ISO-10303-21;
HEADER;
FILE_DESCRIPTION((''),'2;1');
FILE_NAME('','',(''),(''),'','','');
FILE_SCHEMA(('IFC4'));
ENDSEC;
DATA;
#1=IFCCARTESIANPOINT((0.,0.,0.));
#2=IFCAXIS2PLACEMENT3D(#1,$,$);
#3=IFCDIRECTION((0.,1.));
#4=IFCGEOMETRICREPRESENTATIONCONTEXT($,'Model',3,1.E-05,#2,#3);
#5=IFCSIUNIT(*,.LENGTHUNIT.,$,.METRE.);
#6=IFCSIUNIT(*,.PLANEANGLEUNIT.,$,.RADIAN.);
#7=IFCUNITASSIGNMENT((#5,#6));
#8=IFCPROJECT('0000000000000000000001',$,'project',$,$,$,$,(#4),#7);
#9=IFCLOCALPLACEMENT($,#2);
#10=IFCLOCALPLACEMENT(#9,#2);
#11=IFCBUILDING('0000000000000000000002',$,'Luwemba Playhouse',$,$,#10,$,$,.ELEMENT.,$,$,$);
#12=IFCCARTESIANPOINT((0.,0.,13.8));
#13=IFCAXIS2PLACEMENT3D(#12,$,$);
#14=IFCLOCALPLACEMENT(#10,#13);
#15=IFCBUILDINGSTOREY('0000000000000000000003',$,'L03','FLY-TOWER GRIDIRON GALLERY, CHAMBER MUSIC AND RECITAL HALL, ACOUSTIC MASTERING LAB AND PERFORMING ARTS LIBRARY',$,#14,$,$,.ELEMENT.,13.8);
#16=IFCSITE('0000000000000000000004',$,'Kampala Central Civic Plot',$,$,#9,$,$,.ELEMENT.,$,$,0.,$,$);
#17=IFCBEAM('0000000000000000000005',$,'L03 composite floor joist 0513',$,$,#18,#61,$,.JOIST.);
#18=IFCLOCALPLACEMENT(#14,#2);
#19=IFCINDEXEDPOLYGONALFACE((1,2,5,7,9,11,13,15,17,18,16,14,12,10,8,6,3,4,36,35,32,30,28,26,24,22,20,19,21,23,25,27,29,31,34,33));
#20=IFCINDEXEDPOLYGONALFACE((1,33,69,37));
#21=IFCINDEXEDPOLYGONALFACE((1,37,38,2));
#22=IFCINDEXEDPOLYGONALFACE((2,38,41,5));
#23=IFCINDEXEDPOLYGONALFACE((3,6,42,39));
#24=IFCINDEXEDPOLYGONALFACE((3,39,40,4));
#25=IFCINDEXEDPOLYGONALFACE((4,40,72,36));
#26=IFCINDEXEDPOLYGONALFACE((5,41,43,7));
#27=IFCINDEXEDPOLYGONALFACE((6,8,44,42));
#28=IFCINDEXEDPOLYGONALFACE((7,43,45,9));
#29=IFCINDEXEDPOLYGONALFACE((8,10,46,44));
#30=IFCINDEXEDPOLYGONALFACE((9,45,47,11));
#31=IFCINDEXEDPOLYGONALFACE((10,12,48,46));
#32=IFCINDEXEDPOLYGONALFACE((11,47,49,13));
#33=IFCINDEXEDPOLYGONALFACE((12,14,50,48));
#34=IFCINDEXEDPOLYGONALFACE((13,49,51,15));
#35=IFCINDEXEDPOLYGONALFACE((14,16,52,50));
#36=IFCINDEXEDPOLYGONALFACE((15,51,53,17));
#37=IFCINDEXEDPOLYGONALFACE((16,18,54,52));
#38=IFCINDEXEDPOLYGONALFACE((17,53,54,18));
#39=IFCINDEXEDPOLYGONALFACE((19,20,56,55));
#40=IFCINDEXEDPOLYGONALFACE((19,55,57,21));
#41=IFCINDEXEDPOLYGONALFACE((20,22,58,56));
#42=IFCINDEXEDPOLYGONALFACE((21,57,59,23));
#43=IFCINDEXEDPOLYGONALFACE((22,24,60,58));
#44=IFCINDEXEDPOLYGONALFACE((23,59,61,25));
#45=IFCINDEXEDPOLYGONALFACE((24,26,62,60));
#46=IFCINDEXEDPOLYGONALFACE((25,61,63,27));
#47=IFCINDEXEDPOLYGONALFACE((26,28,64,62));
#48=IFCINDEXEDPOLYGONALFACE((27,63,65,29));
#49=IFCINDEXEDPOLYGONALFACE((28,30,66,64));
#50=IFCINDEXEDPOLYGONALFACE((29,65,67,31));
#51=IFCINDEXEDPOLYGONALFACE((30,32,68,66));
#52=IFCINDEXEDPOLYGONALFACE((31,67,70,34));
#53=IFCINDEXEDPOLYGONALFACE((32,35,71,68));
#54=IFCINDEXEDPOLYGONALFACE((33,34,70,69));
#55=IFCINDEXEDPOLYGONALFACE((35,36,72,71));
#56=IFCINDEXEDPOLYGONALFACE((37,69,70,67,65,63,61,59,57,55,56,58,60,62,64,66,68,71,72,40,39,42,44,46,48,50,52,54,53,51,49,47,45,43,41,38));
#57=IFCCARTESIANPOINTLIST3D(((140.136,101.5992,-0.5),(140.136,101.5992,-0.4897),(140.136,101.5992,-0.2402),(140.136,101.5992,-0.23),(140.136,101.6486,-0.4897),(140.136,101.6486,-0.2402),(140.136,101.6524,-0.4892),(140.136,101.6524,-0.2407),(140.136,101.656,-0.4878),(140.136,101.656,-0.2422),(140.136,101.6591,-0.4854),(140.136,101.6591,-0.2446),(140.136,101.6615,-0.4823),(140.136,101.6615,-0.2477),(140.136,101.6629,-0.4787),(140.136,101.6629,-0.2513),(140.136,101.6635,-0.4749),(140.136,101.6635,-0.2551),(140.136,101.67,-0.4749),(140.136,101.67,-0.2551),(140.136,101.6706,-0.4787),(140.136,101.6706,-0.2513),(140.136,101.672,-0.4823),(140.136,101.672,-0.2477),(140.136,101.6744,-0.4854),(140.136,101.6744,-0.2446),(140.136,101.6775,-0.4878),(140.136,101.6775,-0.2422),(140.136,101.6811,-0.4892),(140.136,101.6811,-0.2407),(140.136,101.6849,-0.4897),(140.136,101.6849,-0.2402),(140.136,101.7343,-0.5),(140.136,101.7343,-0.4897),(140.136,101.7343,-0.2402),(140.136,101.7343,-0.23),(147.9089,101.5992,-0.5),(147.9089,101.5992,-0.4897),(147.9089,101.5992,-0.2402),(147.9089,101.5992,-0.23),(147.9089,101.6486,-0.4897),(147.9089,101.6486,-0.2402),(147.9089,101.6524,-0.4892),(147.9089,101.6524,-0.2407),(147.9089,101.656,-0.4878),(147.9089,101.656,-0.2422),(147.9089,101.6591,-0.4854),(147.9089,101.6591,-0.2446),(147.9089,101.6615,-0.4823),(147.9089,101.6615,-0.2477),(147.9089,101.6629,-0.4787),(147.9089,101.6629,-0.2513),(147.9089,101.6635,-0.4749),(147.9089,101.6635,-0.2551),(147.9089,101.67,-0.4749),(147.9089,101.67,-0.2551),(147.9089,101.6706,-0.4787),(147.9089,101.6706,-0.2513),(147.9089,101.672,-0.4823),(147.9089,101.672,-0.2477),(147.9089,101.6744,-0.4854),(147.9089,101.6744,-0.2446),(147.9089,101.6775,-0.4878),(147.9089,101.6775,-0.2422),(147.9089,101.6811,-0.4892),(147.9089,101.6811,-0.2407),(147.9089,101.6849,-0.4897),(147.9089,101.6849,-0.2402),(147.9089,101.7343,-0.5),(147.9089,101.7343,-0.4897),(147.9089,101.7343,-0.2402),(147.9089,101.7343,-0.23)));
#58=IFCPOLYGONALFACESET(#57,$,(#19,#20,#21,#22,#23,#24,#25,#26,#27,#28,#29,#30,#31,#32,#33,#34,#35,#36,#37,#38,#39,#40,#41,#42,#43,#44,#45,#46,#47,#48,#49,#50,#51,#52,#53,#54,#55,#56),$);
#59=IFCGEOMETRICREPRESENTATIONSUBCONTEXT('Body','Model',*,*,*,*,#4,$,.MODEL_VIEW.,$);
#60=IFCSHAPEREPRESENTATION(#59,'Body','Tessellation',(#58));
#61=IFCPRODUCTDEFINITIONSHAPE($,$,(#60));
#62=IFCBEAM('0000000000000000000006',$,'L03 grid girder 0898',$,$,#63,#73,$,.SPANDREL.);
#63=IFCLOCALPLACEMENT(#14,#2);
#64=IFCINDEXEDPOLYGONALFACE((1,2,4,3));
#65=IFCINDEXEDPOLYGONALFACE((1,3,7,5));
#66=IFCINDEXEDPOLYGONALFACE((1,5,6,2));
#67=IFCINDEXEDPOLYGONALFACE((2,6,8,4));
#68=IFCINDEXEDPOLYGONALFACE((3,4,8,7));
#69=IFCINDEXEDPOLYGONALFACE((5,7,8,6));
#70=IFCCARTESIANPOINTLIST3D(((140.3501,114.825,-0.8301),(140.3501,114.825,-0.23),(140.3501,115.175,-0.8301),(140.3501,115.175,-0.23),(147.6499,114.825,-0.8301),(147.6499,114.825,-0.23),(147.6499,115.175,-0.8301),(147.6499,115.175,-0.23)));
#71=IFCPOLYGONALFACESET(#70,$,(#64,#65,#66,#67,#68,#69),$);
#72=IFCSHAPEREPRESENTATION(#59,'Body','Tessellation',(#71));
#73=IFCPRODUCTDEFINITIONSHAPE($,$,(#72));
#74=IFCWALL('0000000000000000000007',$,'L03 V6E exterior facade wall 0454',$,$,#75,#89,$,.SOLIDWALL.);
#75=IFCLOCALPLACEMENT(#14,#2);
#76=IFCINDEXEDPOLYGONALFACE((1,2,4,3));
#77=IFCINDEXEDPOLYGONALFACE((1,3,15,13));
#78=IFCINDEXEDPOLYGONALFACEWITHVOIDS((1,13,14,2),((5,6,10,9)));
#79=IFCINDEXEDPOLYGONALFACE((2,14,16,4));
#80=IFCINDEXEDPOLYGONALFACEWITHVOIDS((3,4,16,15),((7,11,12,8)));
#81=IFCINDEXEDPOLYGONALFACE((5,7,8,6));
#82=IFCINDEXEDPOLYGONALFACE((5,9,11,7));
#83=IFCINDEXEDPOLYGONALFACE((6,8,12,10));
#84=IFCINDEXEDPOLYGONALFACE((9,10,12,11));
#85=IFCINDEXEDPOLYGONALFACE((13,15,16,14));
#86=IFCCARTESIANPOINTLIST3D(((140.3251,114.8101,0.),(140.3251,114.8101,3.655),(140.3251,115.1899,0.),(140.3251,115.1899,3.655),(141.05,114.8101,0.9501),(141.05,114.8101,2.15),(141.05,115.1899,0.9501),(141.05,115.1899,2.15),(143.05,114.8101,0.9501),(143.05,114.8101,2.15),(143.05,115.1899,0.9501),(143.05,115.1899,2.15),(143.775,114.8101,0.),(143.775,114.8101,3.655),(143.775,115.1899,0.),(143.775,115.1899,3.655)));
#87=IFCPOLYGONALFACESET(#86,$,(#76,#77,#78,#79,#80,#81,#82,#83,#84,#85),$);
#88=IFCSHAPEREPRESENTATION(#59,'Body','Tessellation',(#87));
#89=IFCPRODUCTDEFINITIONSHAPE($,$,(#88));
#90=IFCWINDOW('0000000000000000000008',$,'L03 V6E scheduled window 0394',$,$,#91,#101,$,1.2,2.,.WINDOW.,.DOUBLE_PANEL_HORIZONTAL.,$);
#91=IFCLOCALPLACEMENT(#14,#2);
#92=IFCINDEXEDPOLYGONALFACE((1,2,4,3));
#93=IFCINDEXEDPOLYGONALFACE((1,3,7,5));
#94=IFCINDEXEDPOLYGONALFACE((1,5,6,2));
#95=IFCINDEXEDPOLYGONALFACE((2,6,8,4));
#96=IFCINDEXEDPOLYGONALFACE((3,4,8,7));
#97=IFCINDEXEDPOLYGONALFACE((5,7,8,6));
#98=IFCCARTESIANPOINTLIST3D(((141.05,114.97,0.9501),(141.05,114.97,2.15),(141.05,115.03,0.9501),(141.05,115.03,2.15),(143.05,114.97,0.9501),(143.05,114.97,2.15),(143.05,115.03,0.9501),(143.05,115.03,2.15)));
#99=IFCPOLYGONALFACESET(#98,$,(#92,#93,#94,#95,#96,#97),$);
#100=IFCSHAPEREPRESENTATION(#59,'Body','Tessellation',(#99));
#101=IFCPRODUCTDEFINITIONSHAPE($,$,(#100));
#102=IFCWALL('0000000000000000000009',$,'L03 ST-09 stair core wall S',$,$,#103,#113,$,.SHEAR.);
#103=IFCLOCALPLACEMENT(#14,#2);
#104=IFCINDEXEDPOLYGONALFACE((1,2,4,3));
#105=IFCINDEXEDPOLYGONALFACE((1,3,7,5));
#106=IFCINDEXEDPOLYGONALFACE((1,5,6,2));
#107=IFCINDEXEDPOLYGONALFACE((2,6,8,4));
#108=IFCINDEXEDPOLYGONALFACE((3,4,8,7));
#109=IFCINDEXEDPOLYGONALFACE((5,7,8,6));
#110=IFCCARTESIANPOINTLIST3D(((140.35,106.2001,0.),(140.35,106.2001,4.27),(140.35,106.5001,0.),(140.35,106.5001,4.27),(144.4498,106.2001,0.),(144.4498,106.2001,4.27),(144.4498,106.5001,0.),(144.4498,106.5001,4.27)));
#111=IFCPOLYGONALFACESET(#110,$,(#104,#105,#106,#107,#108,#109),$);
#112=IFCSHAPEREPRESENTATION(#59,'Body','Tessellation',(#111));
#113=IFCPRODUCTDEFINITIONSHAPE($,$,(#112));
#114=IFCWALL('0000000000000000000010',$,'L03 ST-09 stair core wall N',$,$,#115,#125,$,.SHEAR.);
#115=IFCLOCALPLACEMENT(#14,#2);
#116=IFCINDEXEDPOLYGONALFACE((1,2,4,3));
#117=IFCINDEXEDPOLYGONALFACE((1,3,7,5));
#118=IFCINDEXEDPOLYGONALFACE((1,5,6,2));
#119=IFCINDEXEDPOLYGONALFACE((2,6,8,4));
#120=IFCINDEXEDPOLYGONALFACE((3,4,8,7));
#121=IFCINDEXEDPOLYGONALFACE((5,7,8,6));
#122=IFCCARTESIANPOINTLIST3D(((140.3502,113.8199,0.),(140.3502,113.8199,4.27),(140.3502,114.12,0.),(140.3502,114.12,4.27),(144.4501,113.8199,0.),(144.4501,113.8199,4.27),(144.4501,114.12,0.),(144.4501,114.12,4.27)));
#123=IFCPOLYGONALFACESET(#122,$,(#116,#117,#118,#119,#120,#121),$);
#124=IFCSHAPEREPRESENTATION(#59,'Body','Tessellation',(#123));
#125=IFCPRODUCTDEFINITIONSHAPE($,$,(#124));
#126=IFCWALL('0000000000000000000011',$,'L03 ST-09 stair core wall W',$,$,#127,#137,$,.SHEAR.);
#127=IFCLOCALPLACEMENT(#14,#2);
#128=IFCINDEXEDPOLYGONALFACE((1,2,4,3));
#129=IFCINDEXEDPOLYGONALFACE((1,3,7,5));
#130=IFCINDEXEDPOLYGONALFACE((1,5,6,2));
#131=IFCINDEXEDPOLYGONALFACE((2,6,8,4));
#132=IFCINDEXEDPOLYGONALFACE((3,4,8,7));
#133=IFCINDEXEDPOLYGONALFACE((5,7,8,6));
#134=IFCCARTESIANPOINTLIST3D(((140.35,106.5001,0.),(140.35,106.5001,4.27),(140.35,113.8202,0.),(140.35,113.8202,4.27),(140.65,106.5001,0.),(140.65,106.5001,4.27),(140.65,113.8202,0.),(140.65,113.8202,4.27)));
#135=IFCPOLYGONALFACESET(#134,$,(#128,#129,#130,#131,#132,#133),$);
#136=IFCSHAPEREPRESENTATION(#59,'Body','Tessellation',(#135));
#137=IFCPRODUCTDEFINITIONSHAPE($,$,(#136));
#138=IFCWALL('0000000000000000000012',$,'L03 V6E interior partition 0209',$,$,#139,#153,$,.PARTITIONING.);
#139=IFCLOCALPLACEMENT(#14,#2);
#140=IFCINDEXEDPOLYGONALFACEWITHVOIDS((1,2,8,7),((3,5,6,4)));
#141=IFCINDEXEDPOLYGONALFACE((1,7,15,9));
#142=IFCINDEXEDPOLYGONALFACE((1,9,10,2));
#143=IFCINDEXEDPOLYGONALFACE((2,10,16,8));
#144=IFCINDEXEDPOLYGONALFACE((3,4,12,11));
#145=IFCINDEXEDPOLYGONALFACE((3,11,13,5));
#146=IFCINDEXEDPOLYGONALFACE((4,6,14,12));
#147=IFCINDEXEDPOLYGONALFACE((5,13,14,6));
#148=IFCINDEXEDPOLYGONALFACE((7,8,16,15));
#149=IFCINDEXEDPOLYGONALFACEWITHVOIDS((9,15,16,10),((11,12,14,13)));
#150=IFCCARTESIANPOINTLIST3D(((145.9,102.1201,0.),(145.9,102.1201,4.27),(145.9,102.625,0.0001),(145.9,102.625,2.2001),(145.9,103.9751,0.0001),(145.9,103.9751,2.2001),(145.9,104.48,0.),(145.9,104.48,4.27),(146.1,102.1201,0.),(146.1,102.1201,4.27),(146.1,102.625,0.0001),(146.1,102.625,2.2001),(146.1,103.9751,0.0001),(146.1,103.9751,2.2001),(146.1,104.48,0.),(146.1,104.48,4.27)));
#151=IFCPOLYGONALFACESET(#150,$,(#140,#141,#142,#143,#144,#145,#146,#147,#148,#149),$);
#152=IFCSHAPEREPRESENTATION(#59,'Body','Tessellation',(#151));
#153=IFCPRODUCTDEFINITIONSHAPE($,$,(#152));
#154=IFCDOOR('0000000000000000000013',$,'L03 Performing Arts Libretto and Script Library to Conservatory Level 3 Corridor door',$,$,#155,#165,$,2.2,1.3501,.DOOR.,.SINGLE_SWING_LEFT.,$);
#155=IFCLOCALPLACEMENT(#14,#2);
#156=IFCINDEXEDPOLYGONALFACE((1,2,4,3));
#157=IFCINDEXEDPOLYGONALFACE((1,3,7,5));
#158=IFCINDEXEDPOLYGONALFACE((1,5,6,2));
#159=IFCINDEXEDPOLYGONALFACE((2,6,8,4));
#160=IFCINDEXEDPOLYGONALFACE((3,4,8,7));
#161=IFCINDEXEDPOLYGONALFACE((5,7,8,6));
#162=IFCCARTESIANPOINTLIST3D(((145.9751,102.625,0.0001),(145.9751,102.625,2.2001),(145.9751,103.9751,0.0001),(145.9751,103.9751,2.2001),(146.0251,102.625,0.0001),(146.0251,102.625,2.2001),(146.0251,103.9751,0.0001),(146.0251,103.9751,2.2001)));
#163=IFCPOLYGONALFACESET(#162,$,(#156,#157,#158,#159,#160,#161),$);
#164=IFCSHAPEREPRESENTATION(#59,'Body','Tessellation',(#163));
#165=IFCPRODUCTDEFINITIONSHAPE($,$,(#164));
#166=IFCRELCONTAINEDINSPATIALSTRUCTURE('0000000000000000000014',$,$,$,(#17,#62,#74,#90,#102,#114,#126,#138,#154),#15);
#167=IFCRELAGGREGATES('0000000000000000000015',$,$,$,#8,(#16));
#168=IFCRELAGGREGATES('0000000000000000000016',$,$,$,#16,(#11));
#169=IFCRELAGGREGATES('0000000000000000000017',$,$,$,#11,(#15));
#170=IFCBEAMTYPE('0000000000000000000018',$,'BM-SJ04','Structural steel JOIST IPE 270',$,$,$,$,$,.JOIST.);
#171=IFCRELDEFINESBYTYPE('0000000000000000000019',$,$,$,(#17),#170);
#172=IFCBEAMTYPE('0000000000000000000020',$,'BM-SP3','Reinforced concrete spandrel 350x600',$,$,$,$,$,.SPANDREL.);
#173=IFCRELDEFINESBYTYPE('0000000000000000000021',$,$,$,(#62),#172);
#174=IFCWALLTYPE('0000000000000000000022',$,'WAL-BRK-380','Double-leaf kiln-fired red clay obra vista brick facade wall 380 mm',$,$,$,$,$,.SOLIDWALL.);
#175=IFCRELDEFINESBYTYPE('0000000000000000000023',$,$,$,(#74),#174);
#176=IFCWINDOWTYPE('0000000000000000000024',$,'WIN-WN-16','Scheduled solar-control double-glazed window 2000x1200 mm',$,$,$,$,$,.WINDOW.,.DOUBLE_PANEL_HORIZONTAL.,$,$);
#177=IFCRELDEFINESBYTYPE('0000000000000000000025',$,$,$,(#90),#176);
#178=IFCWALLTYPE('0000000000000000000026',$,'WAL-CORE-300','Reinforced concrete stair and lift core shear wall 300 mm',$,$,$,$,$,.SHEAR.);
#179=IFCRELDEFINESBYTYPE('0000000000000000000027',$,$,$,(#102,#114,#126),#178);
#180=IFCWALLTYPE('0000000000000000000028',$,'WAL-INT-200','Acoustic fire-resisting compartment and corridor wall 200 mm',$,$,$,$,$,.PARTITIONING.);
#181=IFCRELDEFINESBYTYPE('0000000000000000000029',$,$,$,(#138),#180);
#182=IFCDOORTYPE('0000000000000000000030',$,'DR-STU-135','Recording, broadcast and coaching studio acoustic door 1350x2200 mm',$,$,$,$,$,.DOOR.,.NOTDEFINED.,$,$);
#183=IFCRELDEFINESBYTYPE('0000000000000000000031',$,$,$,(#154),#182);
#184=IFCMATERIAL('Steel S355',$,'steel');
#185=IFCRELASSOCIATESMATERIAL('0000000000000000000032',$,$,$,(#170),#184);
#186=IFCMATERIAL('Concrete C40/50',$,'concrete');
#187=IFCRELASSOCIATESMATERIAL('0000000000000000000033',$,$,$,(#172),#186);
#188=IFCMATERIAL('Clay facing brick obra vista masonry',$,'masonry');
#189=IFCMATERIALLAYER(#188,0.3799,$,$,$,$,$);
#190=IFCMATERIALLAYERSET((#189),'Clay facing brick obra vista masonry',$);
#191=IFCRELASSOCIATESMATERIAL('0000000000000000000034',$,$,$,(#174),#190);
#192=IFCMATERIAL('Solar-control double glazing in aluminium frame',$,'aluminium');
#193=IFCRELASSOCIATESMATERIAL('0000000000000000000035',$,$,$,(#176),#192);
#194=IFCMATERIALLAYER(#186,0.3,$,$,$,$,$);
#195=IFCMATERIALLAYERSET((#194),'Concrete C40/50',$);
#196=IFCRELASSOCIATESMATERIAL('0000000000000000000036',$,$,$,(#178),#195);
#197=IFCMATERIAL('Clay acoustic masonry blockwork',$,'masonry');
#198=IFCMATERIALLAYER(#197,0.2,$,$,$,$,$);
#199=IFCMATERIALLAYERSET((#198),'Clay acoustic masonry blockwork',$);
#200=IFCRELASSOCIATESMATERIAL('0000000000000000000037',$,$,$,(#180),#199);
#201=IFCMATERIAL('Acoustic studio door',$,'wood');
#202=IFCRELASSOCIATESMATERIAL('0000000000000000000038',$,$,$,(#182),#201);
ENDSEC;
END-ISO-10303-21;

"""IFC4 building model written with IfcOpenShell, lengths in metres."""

from ifc_helpers import new_model, si_unit, direction, frame, frame_2d, origin, origin_2d, place, context, subcontext, project, spatial, rectangle, i_section, extrude, material, layer, layer_set, material_profile, profile_set, type_object, element, fill, save


model = new_model("IFC4")

# Units and contexts
model_context = context("Model", 3, precision=1e-05, world=origin(), true_north=direction((0.0, 1.0)))
body_context = subcontext(model_context, "Body", "Model", "MODEL_VIEW")
ifc_project = project(units=[si_unit("LENGTHUNIT", "METRE"), si_unit("PLANEANGLEUNIT", "RADIAN")], contexts=[model_context])

# Site, building, storey
site_placement = place(None, origin())
site = spatial("IfcSite", under=ifc_project, at=site_placement, Name="Kampala Central Civic Plot", CompositionType="ELEMENT", RefElevation=0.0)
building_placement = place(site_placement, origin())
building = spatial("IfcBuilding", under=site, at=building_placement, Name="Luwemba Playhouse", CompositionType="ELEMENT")
storey_placement = place(building_placement, frame((0.0, 0.0, 13.8)))
storey = spatial("IfcBuildingStorey", under=building, at=storey_placement, Name="L03", Description="FLY-TOWER GRIDIRON GALLERY, CHAMBER MUSIC AND RECITAL HALL, ACOUSTIC MASTERING LAB AND PERFORMING ARTS LIBRARY", CompositionType="ELEMENT", Elevation=13.8)

# Shared definitions
ifc_material_1 = material(Name="Concrete C40/50", Category="concrete")

# Beams
ifc_material_2 = material(Name="Steel S355", Category="steel")
ifc_material_profile_1 = material_profile(ifc_material_2, i_section(OverallWidth=0.135, OverallDepth=0.27, WebThickness=0.0066, FlangeThickness=0.0103, FilletRadius=0.0149, at=origin_2d()))
ifc_profile_set_1 = profile_set([ifc_material_profile_1], Name="Steel S355")
beam_type_1 = type_object("IfcBeamType", Name="BM-SJ04", Description="Structural steel JOIST IPE 270", PredefinedType="JOIST", material=ifc_profile_set_1)
beam_1_placement = place(storey_placement, frame((140.136, 101.6667, -0.365), z_axis=(1.0, 0.0, 0.0), x_axis=(0.0, 1.0, 0.0)))
element("IfcBeam", 1, at=beam_1_placement, inside=storey, type_object=beam_type_1, Name="L03 composite floor joist 0513", PredefinedType="JOIST", context=body_context, shape_type="SweptSolid", body=[
    extrude(i_section(OverallWidth=0.135, OverallDepth=0.27, WebThickness=0.0066, FlangeThickness=0.0103, FilletRadius=0.0149, at=origin_2d()), origin(), (0.0, 0.0, 1.0), 7.7729),
])
ifc_material_profile_2 = material_profile(ifc_material_1, rectangle(XDim=0.3501, YDim=0.6001, at=origin_2d()))
ifc_profile_set_2 = profile_set([ifc_material_profile_2], Name="Concrete C40/50")
beam_type_2 = type_object("IfcBeamType", Name="BM-SP3", Description="Reinforced concrete spandrel 350x600", PredefinedType="SPANDREL", material=ifc_profile_set_2)
beam_2_placement = place(storey_placement, frame((140.3501, 115.0, -0.53), z_axis=(1.0, 0.0, 0.0), x_axis=(0.0, 1.0, 0.0)))
element("IfcBeam", 2, at=beam_2_placement, inside=storey, type_object=beam_type_2, Name="L03 grid girder 0898", PredefinedType="SPANDREL", context=body_context, shape_type="SweptSolid", body=[
    extrude(rectangle(XDim=0.3501, YDim=0.6001, at=origin_2d()), origin(), (0.0, 0.0, 1.0), 7.2998),
])

# Wall, opening, window
ifc_material_3 = material(Name="Clay facing brick obra vista masonry", Category="masonry")
ifc_layer_1 = layer(ifc_material_3, 0.3799)
ifc_layer_set_1 = layer_set([ifc_layer_1], Name="Clay facing brick obra vista masonry")
wall_type_1 = type_object("IfcWallType", Name="WAL-BRK-380", Description="Double-leaf kiln-fired red clay obra vista brick facade wall 380 mm", PredefinedType="SOLIDWALL", material=ifc_layer_set_1)
wall_1_placement = place(storey_placement, frame((140.325, 115.0, 0.0), z_axis=(0.0, 0.0, 1.0), x_axis=(1.0, 0.0, 0.0)))
wall_1 = element("IfcWall", 3, at=wall_1_placement, inside=storey, type_object=wall_type_1, Name="L03 V6E exterior facade wall 0454", PredefinedType="SOLIDWALL", context=body_context, shape_type="SweptSolid", body=[
    extrude(rectangle(XDim=3.45, YDim=0.3799, at=frame_2d((1.7251, 0.0))), origin(), (0.0, 0.0, 1.0), 3.655),
])
opening_1_placement = place(wall_1_placement, frame((0.7251, 0.0, 0.95)))
opening_1 = element("IfcOpeningElement", 4, at=opening_1_placement, cuts=wall_1, PredefinedType="OPENING", context=body_context, shape_type="SweptSolid", body=[
    extrude(rectangle(XDim=2.0, YDim=1.2, at=frame_2d((1.0, 0.6001))), frame((0.0, 0.2, 0.0), z_axis=(0.0, -1.0, 0.0), x_axis=(1.0, 0.0, 0.0)), (0.0, 0.0, 1.0), 0.3999),
])
ifc_material_4 = material(Name="Solar-control double glazing in aluminium frame", Category="aluminium")
window_type_1 = type_object("IfcWindowType", Name="WIN-WN-16", Description="Scheduled solar-control double-glazed window 2000x1200 mm", PartitioningType="DOUBLE_PANEL_HORIZONTAL", PredefinedType="WINDOW", material=ifc_material_4)
window_1_placement = place(opening_1_placement, origin())
window_1 = element("IfcWindow", 5, at=window_1_placement, inside=storey, type_object=window_type_1, Name="L03 V6E scheduled window 0394", OverallHeight=1.2, OverallWidth=2.0, PartitioningType="DOUBLE_PANEL_HORIZONTAL", PredefinedType="WINDOW", context=body_context, shape_type="SweptSolid", body=[
    extrude(rectangle(XDim=2.0, YDim=1.2, at=frame_2d((1.0, 0.6001))), frame((0.0, 0.03, 0.0), z_axis=(0.0, -1.0, 0.0), x_axis=(1.0, 0.0, 0.0)), (0.0, 0.0, 1.0), 0.0601),
])
fill(opening_1, window_1)

# Walls
ifc_layer_2 = layer(ifc_material_1, 0.3)
ifc_layer_set_2 = layer_set([ifc_layer_2], Name="Concrete C40/50")
wall_type_2 = type_object("IfcWallType", Name="WAL-CORE-300", Description="Reinforced concrete stair and lift core shear wall 300 mm", PredefinedType="SHEAR", material=ifc_layer_set_2)
for number, where, z_axis, x_axis, name in (
    (6, (140.3501, 106.3501, 0.0), (0.0, 0.0, 1.0), (1.0, 0.0, 0.0), "L03 ST-09 stair core wall S"),
    (7, (144.45, 113.97, 0.0), (0.0, 0.0, 1.0), (-1.0, 0.0, 0.0), "L03 ST-09 stair core wall N"),
):
    element("IfcWall", number, at=place(storey_placement, frame(where, z_axis=z_axis, x_axis=x_axis)), inside=storey, type_object=wall_type_2, Name=name, PredefinedType="SHEAR", context=body_context, shape_type="SweptSolid", body=[
        extrude(rectangle(XDim=4.0999, YDim=0.3, at=frame_2d((2.0498, 0.0))), origin(), (0.0, 0.0, 1.0), 4.27),
    ])
wall_2_placement = place(storey_placement, frame((140.5, 106.5, 0.0), z_axis=(0.0, 0.0, 1.0), x_axis=(0.0, 1.0, 0.0)))
element("IfcWall", 8, at=wall_2_placement, inside=storey, type_object=wall_type_2, Name="L03 ST-09 stair core wall W", PredefinedType="SHEAR", context=body_context, shape_type="SweptSolid", body=[
    extrude(rectangle(XDim=7.3201, YDim=0.3, at=frame_2d((3.6602, 0.0))), origin(), (0.0, 0.0, 1.0), 4.27),
])

# Wall, opening, door
ifc_material_5 = material(Name="Clay acoustic masonry blockwork", Category="masonry")
ifc_layer_3 = layer(ifc_material_5, 0.2)
ifc_layer_set_3 = layer_set([ifc_layer_3], Name="Clay acoustic masonry blockwork")
wall_type_3 = type_object("IfcWallType", Name="WAL-INT-200", Description="Acoustic fire-resisting compartment and corridor wall 200 mm", PredefinedType="PARTITIONING", material=ifc_layer_set_3)
wall_3_placement = place(storey_placement, frame((146.0, 102.1201, 0.0), z_axis=(0.0, 0.0, 1.0), x_axis=(0.0, 1.0, 0.0)))
wall_3 = element("IfcWall", 9, at=wall_3_placement, inside=storey, type_object=wall_type_3, Name="L03 V6E interior partition 0209", PredefinedType="PARTITIONING", context=body_context, shape_type="SweptSolid", body=[
    extrude(rectangle(XDim=2.3599, YDim=0.2, at=frame_2d((1.1799, 0.0))), origin(), (0.0, 0.0, 1.0), 4.27),
])
opening_2_placement = place(wall_3_placement, frame((0.5049, 0.0, 0.0)))
opening_2 = element("IfcOpeningElement", 10, at=opening_2_placement, cuts=wall_3, PredefinedType="OPENING", context=body_context, shape_type="SweptSolid", body=[
    extrude(rectangle(XDim=1.3501, YDim=2.2, at=frame_2d((0.675, 1.1001))), frame((0.0, 0.1099, 0.0), z_axis=(0.0, -1.0, 0.0), x_axis=(1.0, 0.0, 0.0)), (0.0, 0.0, 1.0), 0.22),
])
ifc_material_6 = material(Name="Acoustic studio door", Category="wood")
door_type_1 = type_object("IfcDoorType", Name="DR-STU-135", Description="Recording, broadcast and coaching studio acoustic door 1350x2200 mm", OperationType="NOTDEFINED", PredefinedType="DOOR", material=ifc_material_6)
door_1_placement = place(opening_2_placement, origin())
door_1 = element("IfcDoor", 11, at=door_1_placement, inside=storey, type_object=door_type_1, Name="L03 Performing Arts Libretto and Script Library to Conservatory Level 3 Corridor door", OperationType="SINGLE_SWING_LEFT", OverallHeight=2.2, OverallWidth=1.3501, PredefinedType="DOOR", context=body_context, shape_type="SweptSolid", body=[
    extrude(rectangle(XDim=1.3501, YDim=2.2, at=frame_2d((0.675, 1.1001))), frame((0.0, 0.0249, 0.0), z_axis=(0.0, -1.0, 0.0), x_axis=(1.0, 0.0, 0.0)), (0.0, 0.0, 1.0), 0.05),
])
fill(opening_2, door_1)

save(model, "model.ifc")
